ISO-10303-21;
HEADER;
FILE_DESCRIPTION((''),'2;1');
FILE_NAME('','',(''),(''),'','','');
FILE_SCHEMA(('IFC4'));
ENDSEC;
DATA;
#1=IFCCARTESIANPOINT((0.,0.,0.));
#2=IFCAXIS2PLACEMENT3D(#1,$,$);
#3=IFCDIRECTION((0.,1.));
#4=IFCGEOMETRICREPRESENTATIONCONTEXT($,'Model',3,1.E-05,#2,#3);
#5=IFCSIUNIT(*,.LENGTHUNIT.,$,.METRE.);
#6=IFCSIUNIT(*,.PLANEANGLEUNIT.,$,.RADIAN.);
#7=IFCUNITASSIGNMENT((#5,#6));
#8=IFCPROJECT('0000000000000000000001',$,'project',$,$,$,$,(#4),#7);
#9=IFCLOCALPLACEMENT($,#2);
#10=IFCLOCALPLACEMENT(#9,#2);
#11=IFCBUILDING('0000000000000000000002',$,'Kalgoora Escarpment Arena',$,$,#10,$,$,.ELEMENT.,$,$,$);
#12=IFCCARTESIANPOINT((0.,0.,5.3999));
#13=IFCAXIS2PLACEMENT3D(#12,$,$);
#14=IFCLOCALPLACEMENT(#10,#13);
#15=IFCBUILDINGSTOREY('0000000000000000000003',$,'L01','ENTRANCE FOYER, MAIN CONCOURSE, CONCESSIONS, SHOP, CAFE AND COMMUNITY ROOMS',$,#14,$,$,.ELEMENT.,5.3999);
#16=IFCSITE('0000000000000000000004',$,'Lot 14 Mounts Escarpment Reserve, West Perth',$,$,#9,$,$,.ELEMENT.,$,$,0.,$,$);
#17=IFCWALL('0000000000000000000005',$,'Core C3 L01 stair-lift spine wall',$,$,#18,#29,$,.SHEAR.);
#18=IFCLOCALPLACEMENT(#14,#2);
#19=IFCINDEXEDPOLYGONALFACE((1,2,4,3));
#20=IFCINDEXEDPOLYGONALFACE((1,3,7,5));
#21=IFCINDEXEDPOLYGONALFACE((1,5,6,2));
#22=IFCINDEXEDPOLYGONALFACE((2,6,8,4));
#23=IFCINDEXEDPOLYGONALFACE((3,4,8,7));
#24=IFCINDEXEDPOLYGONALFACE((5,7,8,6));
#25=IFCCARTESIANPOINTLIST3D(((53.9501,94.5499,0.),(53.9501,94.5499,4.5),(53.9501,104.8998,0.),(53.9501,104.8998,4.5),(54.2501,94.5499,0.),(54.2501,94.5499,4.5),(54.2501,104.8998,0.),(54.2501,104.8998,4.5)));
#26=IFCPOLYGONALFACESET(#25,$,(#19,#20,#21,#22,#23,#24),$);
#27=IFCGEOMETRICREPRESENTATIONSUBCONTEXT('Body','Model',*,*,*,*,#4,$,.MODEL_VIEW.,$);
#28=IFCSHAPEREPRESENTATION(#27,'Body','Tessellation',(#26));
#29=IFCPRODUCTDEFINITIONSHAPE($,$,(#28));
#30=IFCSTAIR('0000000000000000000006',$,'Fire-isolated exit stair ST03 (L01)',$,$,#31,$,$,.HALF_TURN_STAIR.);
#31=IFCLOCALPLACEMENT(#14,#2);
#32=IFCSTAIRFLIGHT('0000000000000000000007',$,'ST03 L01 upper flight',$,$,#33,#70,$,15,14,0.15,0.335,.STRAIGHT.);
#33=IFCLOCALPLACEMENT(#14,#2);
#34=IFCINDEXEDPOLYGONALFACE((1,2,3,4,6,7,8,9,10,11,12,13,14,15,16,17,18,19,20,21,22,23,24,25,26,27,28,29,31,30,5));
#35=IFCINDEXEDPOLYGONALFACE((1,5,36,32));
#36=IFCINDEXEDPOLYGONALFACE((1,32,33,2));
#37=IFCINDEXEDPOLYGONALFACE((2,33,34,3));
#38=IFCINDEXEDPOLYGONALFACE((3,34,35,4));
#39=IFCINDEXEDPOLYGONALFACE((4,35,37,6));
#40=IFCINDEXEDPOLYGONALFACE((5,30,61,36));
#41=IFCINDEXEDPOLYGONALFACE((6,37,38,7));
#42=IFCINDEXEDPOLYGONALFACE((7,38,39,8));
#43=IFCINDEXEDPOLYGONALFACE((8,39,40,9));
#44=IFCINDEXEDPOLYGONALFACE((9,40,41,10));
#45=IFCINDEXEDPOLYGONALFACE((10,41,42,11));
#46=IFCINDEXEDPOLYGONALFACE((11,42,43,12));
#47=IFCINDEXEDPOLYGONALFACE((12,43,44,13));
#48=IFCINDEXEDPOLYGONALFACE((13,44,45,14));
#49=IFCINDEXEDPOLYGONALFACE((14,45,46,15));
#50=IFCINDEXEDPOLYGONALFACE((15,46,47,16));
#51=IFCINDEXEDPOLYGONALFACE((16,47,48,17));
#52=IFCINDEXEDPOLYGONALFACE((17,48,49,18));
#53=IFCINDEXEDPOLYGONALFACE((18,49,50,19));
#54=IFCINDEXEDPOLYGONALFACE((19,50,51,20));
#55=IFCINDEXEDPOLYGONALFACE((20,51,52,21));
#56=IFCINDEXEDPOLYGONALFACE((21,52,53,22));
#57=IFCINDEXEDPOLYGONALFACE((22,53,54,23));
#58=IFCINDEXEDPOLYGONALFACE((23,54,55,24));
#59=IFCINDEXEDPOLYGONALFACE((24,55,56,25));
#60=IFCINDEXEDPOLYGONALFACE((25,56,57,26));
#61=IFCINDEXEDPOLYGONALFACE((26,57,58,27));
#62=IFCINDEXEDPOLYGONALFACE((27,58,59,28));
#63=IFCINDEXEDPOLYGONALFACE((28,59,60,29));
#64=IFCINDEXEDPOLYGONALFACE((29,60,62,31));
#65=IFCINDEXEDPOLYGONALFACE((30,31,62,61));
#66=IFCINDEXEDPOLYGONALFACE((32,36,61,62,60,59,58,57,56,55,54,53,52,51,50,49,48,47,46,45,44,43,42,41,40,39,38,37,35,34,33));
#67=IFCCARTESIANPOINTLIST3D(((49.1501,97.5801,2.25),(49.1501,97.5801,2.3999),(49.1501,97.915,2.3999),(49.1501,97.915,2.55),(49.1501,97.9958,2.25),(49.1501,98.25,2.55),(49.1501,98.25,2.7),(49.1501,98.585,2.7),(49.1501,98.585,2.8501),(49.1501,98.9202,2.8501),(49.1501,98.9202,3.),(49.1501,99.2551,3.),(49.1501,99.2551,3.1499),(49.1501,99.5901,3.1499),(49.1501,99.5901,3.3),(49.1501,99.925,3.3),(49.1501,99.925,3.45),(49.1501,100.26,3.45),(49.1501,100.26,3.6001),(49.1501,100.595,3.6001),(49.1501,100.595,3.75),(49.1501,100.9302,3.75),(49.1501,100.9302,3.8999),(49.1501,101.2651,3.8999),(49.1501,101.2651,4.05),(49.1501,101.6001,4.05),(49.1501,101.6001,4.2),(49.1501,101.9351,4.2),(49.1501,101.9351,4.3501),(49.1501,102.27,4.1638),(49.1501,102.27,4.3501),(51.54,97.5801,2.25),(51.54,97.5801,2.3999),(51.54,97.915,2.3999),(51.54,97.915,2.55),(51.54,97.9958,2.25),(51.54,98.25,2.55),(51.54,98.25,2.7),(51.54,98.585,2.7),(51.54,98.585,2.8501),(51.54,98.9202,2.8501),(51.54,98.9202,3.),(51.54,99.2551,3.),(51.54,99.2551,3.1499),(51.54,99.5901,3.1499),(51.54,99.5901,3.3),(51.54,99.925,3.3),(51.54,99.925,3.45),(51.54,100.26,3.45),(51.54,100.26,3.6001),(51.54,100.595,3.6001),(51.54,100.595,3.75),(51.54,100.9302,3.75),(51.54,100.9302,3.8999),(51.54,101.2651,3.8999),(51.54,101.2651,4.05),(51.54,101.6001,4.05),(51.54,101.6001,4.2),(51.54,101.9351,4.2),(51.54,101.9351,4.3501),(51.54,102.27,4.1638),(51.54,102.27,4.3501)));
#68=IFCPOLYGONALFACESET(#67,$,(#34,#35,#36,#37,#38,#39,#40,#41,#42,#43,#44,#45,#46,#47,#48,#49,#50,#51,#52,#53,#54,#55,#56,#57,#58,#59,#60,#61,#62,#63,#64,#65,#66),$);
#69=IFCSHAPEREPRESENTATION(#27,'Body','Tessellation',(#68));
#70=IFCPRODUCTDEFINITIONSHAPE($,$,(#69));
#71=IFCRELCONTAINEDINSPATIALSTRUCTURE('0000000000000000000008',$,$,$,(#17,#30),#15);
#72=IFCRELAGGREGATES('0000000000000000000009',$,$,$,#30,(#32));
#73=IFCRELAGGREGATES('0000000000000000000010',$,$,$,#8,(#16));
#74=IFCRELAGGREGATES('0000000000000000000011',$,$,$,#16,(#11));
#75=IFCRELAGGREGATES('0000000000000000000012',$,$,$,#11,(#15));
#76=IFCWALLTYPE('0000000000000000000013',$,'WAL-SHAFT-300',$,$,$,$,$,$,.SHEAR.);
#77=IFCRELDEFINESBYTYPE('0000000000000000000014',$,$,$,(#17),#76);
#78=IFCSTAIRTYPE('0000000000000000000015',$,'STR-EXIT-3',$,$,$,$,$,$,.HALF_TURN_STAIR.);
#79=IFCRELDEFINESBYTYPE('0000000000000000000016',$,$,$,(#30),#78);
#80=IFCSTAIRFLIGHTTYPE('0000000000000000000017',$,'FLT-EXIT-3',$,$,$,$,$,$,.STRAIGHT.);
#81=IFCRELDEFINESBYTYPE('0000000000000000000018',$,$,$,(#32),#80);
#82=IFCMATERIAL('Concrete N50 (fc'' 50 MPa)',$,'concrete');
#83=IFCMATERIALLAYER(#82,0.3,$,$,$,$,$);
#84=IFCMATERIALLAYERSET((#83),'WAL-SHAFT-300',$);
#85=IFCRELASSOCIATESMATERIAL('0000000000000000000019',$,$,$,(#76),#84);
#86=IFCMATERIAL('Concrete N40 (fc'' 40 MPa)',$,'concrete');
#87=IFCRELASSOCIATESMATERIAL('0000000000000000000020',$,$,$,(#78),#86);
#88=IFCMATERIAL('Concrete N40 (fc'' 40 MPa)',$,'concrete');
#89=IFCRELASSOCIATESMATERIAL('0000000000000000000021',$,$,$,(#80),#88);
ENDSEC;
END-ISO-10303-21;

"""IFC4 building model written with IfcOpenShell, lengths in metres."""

from ifc_helpers import new_model, si_unit, direction, frame, frame_2d, origin, place, context, subcontext, project, spatial, polyline, rectangle, outline, extrude, material, layer, layer_set, type_object, element, aggregate, save


model = new_model("IFC4")

# Units and contexts
model_context = context("Model", 3, precision=1e-05, world=origin(), true_north=direction((0.0, 1.0)))
body_context = subcontext(model_context, "Body", "Model", "MODEL_VIEW")
ifc_project = project(units=[si_unit("LENGTHUNIT", "METRE"), si_unit("PLANEANGLEUNIT", "RADIAN")], contexts=[model_context])

# Site, building, storey
site_placement = place(None, origin())
site = spatial("IfcSite", under=ifc_project, at=site_placement, Name="Lot 14 Mounts Escarpment Reserve, West Perth", CompositionType="ELEMENT", RefElevation=0.0)
building_placement = place(site_placement, origin())
building = spatial("IfcBuilding", under=site, at=building_placement, Name="Kalgoora Escarpment Arena", CompositionType="ELEMENT")
storey_placement = place(building_placement, frame((0.0, 0.0, 5.3999)))
storey = spatial("IfcBuildingStorey", under=building, at=storey_placement, Name="L01", Description="ENTRANCE FOYER, MAIN CONCOURSE, CONCESSIONS, SHOP, CAFE AND COMMUNITY ROOMS", CompositionType="ELEMENT", Elevation=5.3999)

# Wall
ifc_material_1 = material(Name="Concrete N50 (fc' 50 MPa)", Category="concrete")
ifc_layer_1 = layer(ifc_material_1, 0.3)
ifc_layer_set_1 = layer_set([ifc_layer_1], Name="WAL-SHAFT-300")
wall_type_1 = type_object("IfcWallType", Name="WAL-SHAFT-300", PredefinedType="SHEAR", material=ifc_layer_set_1)
wall_1_placement = place(storey_placement, frame((54.1001, 94.55, 0.0), z_axis=(0.0, 0.0, 1.0), x_axis=(0.0, 1.0, 0.0)))
element("IfcWall", 1, at=wall_1_placement, inside=storey, type_object=wall_type_1, Name="Core C3 L01 stair-lift spine wall", PredefinedType="SHEAR", context=body_context, shape_type="SweptSolid", body=[
    extrude(rectangle(XDim=10.3499, YDim=0.3, at=frame_2d((5.1748, 0.0))), origin(), (0.0, 0.0, 1.0), 4.5),
])

# Stair, stair flight
ifc_material_2 = material(Name="Concrete N40 (fc' 40 MPa)", Category="concrete")
stair_type = type_object("IfcStairType", Name="STR-EXIT-3", PredefinedType="HALF_TURN_STAIR", material=ifc_material_2)
stair_placement = place(storey_placement, origin())
stair = element("IfcStair", 2, at=stair_placement, inside=storey, type_object=stair_type, Name="Fire-isolated exit stair ST03 (L01)", PredefinedType="HALF_TURN_STAIR")
ifc_material_3 = material(Name="Concrete N40 (fc' 40 MPa)", Category="concrete")
stair_flight_type = type_object("IfcStairFlightType", Name="FLT-EXIT-3", PredefinedType="STRAIGHT", material=ifc_material_3)
stair_flight_placement = place(storey_placement, frame((50.345, 97.5801, 2.25), z_axis=(0.0, 0.0, 1.0), x_axis=(0.0, 1.0, 0.0)))
stair_flight = element("IfcStairFlight", 3, at=stair_flight_placement, type_object=stair_flight_type, Name="ST03 L01 upper flight", NumberOfRisers=15, NumberOfTreads=14, PredefinedType="STRAIGHT", RiserHeight=0.15, TreadLength=0.335, context=body_context, shape_type="SweptSolid", body=[
    extrude(outline(polyline([(0.0, 0.0), (0.0, 0.1499), (0.335, 0.1499), (0.335, 0.3), (0.6699, 0.3), (0.6699, 0.45), (1.0049, 0.45), (1.0049, 0.6001), (1.3401, 0.6001), (1.3401, 0.75), (1.675, 0.75), (1.675, 0.8999), (2.01, 0.8999), (2.01, 1.05), (2.345, 1.05), (2.345, 1.2), (2.6799, 1.2), (2.6799, 1.3501), (3.0149, 1.3501), (3.0149, 1.5), (3.3501, 1.5), (3.3501, 1.6499), (3.6851, 1.6499), (3.6851, 1.8), (4.02, 1.8), (4.02, 1.95), (4.355, 1.95), (4.355, 2.1001), (4.6899, 2.1001), (4.6899, 2.25), (4.6899, 1.9138), (0.4158, 0.0), (0.0, 0.0)])), frame((0.0, 1.1948, 0.0), z_axis=(0.0, -1.0, 0.0), x_axis=(1.0, 0.0, 0.0)), (0.0, 0.0, 1.0), 2.3899),
])
aggregate(stair, [stair_flight])

save(model, "model.ifc")
